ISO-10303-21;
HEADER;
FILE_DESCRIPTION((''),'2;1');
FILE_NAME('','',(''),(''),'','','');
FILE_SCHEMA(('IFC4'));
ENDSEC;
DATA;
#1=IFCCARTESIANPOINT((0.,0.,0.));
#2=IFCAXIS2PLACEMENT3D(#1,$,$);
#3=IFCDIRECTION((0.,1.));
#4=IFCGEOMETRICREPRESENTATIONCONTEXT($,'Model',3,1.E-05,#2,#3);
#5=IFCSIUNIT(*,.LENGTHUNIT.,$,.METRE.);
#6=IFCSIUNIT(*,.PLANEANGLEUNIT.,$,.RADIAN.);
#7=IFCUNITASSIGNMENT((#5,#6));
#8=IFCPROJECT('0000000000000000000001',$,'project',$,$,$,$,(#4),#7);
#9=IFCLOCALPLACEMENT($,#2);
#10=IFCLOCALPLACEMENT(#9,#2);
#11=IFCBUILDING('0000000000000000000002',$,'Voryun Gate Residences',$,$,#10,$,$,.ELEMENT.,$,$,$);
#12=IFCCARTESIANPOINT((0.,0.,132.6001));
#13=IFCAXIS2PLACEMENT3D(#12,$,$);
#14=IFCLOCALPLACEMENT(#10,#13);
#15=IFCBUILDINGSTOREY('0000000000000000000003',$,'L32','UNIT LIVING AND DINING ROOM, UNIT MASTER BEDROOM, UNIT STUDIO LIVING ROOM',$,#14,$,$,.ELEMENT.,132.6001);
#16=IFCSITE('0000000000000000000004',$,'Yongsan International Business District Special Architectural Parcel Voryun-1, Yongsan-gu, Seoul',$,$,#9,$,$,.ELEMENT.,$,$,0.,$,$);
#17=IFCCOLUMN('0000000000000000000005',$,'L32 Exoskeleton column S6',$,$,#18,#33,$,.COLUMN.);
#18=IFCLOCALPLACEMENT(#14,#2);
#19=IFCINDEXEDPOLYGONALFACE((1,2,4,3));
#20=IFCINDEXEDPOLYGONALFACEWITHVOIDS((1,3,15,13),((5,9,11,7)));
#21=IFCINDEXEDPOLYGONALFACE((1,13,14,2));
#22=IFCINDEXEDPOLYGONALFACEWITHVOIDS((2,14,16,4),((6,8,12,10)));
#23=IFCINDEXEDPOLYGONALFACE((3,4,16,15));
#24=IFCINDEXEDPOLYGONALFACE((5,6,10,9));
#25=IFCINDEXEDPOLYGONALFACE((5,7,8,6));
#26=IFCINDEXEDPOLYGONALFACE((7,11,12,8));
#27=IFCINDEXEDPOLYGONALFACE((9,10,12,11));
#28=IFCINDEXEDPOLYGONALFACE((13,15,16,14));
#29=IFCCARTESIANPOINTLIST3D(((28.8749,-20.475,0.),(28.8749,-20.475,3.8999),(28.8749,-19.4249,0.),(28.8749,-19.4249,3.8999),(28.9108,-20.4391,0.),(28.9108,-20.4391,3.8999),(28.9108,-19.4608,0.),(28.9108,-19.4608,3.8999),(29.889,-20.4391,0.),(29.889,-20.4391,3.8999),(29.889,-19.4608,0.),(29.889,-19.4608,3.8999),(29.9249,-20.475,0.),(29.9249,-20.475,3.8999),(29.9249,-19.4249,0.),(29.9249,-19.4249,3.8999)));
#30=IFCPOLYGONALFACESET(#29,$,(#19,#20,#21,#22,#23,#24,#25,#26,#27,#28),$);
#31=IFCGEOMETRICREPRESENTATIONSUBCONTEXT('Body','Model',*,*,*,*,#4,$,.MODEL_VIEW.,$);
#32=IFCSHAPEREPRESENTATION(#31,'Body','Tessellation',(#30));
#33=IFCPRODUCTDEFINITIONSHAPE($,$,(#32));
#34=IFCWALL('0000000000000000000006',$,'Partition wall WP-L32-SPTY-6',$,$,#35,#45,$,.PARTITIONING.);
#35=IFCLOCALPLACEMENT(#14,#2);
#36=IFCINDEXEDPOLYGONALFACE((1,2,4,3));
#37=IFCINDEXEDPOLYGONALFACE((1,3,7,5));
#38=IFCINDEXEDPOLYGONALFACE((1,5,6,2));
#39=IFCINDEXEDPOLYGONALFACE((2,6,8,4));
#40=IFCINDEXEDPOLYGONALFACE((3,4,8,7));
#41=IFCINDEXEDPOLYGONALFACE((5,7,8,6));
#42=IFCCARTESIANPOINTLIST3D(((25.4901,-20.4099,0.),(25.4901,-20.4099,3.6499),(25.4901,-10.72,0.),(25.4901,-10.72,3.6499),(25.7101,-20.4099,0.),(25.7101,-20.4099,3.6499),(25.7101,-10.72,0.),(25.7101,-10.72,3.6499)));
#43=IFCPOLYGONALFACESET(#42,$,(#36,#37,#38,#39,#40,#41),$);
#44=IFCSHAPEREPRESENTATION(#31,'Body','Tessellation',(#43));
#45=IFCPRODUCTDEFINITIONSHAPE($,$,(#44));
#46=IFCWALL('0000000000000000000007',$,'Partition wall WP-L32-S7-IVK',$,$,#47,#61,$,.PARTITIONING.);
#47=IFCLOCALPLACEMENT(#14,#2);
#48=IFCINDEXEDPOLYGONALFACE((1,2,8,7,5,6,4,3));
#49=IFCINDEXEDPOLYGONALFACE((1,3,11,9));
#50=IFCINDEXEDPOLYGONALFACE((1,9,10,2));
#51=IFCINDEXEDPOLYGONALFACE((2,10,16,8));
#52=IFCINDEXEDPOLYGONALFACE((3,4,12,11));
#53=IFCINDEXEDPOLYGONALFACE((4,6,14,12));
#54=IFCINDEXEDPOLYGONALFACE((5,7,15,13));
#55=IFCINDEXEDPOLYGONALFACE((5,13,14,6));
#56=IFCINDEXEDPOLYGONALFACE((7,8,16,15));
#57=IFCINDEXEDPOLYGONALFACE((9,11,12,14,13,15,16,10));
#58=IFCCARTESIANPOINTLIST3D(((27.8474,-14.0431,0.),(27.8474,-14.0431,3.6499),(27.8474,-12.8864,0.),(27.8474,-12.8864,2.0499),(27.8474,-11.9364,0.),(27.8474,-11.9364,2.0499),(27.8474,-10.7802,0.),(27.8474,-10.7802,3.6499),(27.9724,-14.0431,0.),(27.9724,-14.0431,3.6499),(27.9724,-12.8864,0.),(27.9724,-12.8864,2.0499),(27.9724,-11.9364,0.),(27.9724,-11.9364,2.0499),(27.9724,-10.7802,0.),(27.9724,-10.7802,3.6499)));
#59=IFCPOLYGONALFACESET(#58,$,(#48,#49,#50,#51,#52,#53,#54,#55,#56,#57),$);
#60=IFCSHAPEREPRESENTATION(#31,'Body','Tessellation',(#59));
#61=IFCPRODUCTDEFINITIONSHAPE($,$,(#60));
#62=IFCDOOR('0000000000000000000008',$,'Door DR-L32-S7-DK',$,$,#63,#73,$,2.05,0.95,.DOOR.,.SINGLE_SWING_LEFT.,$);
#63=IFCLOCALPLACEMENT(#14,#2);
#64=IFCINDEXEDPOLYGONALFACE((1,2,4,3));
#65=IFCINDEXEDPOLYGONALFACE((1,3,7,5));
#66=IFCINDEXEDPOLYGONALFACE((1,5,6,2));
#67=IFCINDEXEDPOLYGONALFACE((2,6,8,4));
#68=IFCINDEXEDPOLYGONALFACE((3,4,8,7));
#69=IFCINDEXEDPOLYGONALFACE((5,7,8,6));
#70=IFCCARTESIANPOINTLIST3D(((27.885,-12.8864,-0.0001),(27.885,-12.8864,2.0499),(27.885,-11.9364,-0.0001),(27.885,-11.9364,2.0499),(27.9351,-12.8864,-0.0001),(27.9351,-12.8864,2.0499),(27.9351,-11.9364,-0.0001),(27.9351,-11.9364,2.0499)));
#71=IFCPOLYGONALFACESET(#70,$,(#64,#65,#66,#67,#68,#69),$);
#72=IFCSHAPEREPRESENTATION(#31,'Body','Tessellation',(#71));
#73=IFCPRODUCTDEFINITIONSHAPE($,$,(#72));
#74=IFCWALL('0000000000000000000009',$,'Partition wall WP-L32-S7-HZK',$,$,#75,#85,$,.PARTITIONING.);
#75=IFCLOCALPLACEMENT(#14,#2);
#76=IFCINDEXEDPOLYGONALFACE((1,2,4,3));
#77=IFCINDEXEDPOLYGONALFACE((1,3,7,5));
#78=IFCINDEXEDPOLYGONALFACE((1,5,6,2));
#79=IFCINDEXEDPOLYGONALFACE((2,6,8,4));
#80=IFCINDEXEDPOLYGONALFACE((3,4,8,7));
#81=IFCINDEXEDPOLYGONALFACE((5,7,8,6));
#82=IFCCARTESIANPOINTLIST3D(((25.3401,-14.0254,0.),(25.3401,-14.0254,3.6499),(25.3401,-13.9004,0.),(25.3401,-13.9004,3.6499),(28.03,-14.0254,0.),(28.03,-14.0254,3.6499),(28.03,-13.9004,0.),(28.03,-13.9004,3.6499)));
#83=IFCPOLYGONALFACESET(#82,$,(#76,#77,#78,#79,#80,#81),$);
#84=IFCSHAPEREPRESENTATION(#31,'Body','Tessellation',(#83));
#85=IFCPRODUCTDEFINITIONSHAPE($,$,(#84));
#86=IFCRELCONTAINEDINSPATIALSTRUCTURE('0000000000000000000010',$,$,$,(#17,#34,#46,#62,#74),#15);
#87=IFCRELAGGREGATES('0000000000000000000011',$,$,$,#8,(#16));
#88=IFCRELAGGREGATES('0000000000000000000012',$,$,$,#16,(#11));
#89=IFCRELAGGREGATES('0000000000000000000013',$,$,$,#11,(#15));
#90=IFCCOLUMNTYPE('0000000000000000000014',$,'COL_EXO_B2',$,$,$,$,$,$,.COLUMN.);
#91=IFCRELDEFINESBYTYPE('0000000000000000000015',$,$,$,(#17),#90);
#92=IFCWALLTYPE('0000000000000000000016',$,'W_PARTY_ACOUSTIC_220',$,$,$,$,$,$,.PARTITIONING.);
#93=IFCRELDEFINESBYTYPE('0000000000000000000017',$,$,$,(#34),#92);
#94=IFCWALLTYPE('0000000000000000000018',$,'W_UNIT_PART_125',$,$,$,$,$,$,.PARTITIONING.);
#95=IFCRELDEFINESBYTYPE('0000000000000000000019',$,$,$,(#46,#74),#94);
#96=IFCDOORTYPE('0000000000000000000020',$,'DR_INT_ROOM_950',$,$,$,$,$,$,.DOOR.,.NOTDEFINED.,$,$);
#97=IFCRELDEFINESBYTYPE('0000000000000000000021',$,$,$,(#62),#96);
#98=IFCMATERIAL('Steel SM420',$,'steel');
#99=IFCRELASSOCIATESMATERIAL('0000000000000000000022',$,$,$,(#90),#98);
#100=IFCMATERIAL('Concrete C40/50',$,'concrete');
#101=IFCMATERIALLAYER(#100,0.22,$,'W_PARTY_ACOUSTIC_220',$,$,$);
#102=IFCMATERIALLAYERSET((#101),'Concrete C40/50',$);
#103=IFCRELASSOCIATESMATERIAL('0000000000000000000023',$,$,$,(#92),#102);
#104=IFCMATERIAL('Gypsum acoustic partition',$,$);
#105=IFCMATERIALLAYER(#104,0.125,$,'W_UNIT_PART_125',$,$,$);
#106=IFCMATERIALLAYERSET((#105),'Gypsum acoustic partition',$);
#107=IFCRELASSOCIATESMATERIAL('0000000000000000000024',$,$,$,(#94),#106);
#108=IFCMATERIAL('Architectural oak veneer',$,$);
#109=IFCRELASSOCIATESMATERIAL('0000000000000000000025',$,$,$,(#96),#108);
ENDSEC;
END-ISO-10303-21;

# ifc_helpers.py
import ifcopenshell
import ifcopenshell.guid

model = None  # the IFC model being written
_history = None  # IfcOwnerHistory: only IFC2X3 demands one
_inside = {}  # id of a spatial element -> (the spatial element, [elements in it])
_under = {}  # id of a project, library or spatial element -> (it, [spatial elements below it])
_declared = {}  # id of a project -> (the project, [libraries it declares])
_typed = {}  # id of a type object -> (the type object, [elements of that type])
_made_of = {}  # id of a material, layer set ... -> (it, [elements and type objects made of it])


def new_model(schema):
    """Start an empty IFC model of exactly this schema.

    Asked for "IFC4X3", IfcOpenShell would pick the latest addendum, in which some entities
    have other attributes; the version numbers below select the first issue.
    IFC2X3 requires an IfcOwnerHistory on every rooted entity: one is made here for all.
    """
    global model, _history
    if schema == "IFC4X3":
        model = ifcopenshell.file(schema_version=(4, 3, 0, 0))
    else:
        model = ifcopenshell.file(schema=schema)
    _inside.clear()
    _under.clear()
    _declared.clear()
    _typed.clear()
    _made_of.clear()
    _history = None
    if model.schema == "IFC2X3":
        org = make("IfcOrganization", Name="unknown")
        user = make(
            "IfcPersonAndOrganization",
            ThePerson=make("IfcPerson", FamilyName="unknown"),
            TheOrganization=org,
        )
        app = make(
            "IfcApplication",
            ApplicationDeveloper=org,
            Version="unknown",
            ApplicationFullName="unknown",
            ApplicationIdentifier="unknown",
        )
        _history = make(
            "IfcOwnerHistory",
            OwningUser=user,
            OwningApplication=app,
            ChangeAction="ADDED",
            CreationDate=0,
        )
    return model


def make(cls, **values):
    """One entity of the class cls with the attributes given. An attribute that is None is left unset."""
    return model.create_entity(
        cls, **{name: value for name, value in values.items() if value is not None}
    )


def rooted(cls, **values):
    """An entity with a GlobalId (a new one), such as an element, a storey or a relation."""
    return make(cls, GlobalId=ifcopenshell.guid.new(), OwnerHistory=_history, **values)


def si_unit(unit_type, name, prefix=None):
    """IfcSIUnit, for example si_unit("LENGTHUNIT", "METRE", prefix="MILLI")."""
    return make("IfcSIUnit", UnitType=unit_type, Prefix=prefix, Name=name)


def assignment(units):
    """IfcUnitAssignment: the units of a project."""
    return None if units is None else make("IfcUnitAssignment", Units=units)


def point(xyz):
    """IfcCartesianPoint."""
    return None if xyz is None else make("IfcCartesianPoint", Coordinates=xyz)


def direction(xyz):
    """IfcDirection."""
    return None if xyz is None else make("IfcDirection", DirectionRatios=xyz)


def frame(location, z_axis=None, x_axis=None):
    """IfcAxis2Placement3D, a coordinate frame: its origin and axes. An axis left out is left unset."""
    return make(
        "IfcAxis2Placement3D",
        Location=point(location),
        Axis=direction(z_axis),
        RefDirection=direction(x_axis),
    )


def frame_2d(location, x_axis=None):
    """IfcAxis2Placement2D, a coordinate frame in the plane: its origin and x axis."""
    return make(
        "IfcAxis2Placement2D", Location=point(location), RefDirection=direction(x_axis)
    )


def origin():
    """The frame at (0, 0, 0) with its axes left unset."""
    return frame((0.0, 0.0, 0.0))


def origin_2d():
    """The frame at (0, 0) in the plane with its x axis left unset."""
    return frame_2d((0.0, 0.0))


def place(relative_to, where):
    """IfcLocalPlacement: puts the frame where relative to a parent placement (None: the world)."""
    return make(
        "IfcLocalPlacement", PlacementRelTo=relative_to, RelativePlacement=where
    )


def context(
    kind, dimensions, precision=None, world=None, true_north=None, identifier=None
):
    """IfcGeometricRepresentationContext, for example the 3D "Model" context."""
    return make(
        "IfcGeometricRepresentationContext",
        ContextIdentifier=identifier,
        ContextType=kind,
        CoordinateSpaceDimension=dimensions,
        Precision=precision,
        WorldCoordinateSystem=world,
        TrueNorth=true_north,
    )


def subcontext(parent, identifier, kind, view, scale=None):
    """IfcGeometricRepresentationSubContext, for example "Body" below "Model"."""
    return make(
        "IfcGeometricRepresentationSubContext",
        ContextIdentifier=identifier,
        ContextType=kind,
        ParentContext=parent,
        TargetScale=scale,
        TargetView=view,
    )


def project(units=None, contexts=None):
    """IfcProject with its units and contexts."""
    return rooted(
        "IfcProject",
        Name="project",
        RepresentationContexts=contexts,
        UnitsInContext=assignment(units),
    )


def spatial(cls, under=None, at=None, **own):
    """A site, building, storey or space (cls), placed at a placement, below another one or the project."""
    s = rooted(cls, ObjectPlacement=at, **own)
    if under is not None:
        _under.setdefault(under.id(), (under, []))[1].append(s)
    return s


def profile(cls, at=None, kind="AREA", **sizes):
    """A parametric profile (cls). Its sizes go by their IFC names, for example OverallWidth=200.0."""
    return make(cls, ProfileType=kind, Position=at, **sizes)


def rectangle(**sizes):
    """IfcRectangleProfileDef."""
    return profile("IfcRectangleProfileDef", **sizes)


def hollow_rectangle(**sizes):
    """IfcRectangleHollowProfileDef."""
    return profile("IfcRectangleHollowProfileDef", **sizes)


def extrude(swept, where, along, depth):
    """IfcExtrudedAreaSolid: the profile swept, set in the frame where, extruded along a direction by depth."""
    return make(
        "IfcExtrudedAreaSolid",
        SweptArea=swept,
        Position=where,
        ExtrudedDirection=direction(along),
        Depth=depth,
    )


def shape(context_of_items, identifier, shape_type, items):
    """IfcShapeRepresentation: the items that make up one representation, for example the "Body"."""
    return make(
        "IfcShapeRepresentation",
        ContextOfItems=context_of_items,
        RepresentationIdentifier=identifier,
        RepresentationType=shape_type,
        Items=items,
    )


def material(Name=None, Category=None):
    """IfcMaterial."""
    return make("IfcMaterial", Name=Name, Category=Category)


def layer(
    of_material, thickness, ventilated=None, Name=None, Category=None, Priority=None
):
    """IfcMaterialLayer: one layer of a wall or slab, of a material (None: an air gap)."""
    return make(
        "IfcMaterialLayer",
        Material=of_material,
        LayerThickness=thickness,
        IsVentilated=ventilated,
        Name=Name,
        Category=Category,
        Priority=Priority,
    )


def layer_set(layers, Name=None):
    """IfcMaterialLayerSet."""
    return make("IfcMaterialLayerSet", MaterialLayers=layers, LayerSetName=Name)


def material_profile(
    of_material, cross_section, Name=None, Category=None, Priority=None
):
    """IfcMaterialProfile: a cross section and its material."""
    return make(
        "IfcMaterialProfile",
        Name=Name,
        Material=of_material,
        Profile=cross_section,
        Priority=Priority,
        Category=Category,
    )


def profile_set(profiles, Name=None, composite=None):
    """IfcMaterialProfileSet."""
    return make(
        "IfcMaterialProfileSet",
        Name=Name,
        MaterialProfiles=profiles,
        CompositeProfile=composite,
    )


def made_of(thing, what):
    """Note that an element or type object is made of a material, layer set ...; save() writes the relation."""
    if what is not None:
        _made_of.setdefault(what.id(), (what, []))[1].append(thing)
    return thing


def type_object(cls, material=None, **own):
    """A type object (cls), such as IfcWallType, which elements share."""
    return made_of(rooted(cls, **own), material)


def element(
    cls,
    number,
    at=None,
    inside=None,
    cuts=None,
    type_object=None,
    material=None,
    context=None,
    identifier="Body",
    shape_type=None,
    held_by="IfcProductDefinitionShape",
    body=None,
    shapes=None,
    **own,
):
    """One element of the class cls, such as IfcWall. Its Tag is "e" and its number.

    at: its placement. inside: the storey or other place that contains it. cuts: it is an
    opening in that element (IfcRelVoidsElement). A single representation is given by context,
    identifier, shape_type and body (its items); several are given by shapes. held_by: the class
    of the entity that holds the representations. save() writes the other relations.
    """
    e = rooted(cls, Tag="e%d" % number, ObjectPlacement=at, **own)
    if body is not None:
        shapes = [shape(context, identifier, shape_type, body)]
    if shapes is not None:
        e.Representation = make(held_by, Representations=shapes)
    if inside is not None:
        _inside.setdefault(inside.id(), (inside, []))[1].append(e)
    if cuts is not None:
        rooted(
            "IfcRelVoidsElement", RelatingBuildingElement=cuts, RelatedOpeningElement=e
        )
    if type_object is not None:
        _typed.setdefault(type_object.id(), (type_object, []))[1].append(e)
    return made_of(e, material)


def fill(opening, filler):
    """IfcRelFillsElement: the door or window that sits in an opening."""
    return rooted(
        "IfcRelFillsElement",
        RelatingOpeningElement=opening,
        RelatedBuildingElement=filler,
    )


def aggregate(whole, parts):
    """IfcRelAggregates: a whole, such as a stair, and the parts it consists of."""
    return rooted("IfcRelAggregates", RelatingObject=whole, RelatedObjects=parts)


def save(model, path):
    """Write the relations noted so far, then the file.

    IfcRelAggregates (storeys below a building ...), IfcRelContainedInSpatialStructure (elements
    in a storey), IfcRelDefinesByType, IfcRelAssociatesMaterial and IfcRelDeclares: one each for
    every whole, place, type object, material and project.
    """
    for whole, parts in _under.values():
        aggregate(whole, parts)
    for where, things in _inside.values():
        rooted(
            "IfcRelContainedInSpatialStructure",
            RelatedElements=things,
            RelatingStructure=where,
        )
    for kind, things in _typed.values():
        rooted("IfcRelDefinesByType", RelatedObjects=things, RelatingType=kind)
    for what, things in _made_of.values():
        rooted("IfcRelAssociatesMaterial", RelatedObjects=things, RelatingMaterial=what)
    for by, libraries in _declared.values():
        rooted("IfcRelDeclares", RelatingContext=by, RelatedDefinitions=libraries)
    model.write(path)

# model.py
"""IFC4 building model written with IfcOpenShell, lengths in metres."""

from ifc_helpers import new_model, si_unit, direction, frame, frame_2d, origin, origin_2d, place, context, subcontext, project, spatial, rectangle, hollow_rectangle, extrude, material, layer, layer_set, material_profile, profile_set, type_object, element, fill, save


model = new_model("IFC4")

# Units and contexts
model_context = context("Model", 3, precision=1e-05, world=origin(), true_north=direction((0.0, 1.0)))
body_context = subcontext(model_context, "Body", "Model", "MODEL_VIEW")
ifc_project = project(units=[si_unit("LENGTHUNIT", "METRE"), si_unit("PLANEANGLEUNIT", "RADIAN")], contexts=[model_context])

# Site, building, storey
site_placement = place(None, origin())
site = spatial("IfcSite", under=ifc_project, at=site_placement, Name="Yongsan International Business District Special Architectural Parcel Voryun-1, Yongsan-gu, Seoul", CompositionType="ELEMENT", RefElevation=0.0)
building_placement = place(site_placement, origin())
building = spatial("IfcBuilding", under=site, at=building_placement, Name="Voryun Gate Residences", CompositionType="ELEMENT")
storey_placement = place(building_placement, frame((0.0, 0.0, 132.6001)))
storey = spatial("IfcBuildingStorey", under=building, at=storey_placement, Name="L32", Description="UNIT LIVING AND DINING ROOM, UNIT MASTER BEDROOM, UNIT STUDIO LIVING ROOM", CompositionType="ELEMENT", Elevation=132.6001)

# Column
ifc_material_1 = material(Name="Steel SM420", Category="steel")
ifc_material_profile = material_profile(ifc_material_1, hollow_rectangle(XDim=1.05, YDim=1.05, WallThickness=0.0359, at=origin_2d()), Name="BOX-1050x1050x36")
ifc_profile_set = profile_set([ifc_material_profile], Name="Steel SM420")
column_type = type_object("IfcColumnType", Name="COL_EXO_B2", PredefinedType="COLUMN", material=ifc_profile_set)
column_placement = place(storey_placement, frame((29.3999, -19.95, 0.0), z_axis=(0.0, 0.0, 1.0), x_axis=(1.0, 0.0, 0.0)))
element("IfcColumn", 1, at=column_placement, inside=storey, type_object=column_type, Name="L32 Exoskeleton column S6", PredefinedType="COLUMN", context=body_context, shape_type="SweptSolid", body=[
    extrude(hollow_rectangle(XDim=1.05, YDim=1.05, WallThickness=0.0359, at=origin_2d()), origin(), (0.0, 0.0, 1.0), 3.8999),
])

# Wall
ifc_material_2 = material(Name="Concrete C40/50", Category="concrete")
ifc_layer_1 = layer(ifc_material_2, 0.22, Name="W_PARTY_ACOUSTIC_220")
ifc_layer_set_1 = layer_set([ifc_layer_1], Name="Concrete C40/50")
wall_type_1 = type_object("IfcWallType", Name="W_PARTY_ACOUSTIC_220", PredefinedType="PARTITIONING", material=ifc_layer_set_1)
wall_1_placement = place(storey_placement, frame((25.6001, -20.4099, 0.0), z_axis=(0.0, 0.0, 1.0), x_axis=(0.0, 1.0, 0.0)))
element("IfcWall", 2, at=wall_1_placement, inside=storey, type_object=wall_type_1, Name="Partition wall WP-L32-SPTY-6", PredefinedType="PARTITIONING", context=body_context, shape_type="SweptSolid", body=[
    extrude(rectangle(XDim=9.6899, YDim=0.22, at=frame_2d((4.845, 0.0))), origin(), (0.0, 0.0, 1.0), 3.6499),
])

# Wall, opening, door
ifc_material_3 = material(Name="Gypsum acoustic partition")
ifc_layer_2 = layer(ifc_material_3, 0.125, Name="W_UNIT_PART_125")
ifc_layer_set_2 = layer_set([ifc_layer_2], Name="Gypsum acoustic partition")
wall_type_2 = type_object("IfcWallType", Name="W_UNIT_PART_125", PredefinedType="PARTITIONING", material=ifc_layer_set_2)
wall_2_placement = place(storey_placement, frame((27.9099, -14.043, 0.0), z_axis=(0.0, 0.0, 1.0), x_axis=(0.0, 1.0, 0.0)))
wall_2 = element("IfcWall", 3, at=wall_2_placement, inside=storey, type_object=wall_type_2, Name="Partition wall WP-L32-S7-IVK", PredefinedType="PARTITIONING", context=body_context, shape_type="SweptSolid", body=[
    extrude(rectangle(XDim=3.2629, YDim=0.125, at=frame_2d((1.6313, 0.0))), origin(), (0.0, 0.0, 1.0), 3.6499),
])
opening_1_placement = place(wall_2_placement, frame((1.1565, 0.0, 0.0)))
opening_1 = element("IfcOpeningElement", 4, at=opening_1_placement, cuts=wall_2, PredefinedType="OPENING", context=body_context, shape_type="SweptSolid", body=[
    extrude(rectangle(XDim=0.95, YDim=2.05, at=frame_2d((0.4751, 1.0249))), frame((0.0, 0.0725, 0.0), z_axis=(0.0, -1.0, 0.0), x_axis=(1.0, 0.0, 0.0)), (0.0, 0.0, 1.0), 0.145),
])
ifc_material_4 = material(Name="Architectural oak veneer")
door_type = type_object("IfcDoorType", Name="DR_INT_ROOM_950", OperationType="NOTDEFINED", PredefinedType="DOOR", material=ifc_material_4)
door_placement = place(opening_1_placement, origin())
door = element("IfcDoor", 5, at=door_placement, inside=storey, type_object=door_type, Name="Door DR-L32-S7-DK", OperationType="SINGLE_SWING_LEFT", OverallHeight=2.05, OverallWidth=0.95, PredefinedType="DOOR", context=body_context, shape_type="SweptSolid", body=[
    extrude(rectangle(XDim=0.95, YDim=2.05, at=frame_2d((0.4751, 1.0249))), frame((0.0, 0.0249, 0.0), z_axis=(0.0, -1.0, 0.0), x_axis=(1.0, 0.0, 0.0)), (0.0, 0.0, 1.0), 0.05),
])
fill(opening_1, door)

# Wall
wall_3_placement = place(storey_placement, frame((25.3401, -13.9629, 0.0), z_axis=(0.0, 0.0, 1.0), x_axis=(1.0, 0.0, 0.0)))
element("IfcWall", 6, at=wall_3_placement, inside=storey, type_object=wall_type_2, Name="Partition wall WP-L32-S7-HZK", PredefinedType="PARTITIONING", context=body_context, shape_type="SweptSolid", body=[
    extrude(rectangle(XDim=2.6899, YDim=0.125, at=frame_2d((1.345, 0.0))), origin(), (0.0, 0.0, 1.0), 3.6499),
])

save(model, "model.ifc")
